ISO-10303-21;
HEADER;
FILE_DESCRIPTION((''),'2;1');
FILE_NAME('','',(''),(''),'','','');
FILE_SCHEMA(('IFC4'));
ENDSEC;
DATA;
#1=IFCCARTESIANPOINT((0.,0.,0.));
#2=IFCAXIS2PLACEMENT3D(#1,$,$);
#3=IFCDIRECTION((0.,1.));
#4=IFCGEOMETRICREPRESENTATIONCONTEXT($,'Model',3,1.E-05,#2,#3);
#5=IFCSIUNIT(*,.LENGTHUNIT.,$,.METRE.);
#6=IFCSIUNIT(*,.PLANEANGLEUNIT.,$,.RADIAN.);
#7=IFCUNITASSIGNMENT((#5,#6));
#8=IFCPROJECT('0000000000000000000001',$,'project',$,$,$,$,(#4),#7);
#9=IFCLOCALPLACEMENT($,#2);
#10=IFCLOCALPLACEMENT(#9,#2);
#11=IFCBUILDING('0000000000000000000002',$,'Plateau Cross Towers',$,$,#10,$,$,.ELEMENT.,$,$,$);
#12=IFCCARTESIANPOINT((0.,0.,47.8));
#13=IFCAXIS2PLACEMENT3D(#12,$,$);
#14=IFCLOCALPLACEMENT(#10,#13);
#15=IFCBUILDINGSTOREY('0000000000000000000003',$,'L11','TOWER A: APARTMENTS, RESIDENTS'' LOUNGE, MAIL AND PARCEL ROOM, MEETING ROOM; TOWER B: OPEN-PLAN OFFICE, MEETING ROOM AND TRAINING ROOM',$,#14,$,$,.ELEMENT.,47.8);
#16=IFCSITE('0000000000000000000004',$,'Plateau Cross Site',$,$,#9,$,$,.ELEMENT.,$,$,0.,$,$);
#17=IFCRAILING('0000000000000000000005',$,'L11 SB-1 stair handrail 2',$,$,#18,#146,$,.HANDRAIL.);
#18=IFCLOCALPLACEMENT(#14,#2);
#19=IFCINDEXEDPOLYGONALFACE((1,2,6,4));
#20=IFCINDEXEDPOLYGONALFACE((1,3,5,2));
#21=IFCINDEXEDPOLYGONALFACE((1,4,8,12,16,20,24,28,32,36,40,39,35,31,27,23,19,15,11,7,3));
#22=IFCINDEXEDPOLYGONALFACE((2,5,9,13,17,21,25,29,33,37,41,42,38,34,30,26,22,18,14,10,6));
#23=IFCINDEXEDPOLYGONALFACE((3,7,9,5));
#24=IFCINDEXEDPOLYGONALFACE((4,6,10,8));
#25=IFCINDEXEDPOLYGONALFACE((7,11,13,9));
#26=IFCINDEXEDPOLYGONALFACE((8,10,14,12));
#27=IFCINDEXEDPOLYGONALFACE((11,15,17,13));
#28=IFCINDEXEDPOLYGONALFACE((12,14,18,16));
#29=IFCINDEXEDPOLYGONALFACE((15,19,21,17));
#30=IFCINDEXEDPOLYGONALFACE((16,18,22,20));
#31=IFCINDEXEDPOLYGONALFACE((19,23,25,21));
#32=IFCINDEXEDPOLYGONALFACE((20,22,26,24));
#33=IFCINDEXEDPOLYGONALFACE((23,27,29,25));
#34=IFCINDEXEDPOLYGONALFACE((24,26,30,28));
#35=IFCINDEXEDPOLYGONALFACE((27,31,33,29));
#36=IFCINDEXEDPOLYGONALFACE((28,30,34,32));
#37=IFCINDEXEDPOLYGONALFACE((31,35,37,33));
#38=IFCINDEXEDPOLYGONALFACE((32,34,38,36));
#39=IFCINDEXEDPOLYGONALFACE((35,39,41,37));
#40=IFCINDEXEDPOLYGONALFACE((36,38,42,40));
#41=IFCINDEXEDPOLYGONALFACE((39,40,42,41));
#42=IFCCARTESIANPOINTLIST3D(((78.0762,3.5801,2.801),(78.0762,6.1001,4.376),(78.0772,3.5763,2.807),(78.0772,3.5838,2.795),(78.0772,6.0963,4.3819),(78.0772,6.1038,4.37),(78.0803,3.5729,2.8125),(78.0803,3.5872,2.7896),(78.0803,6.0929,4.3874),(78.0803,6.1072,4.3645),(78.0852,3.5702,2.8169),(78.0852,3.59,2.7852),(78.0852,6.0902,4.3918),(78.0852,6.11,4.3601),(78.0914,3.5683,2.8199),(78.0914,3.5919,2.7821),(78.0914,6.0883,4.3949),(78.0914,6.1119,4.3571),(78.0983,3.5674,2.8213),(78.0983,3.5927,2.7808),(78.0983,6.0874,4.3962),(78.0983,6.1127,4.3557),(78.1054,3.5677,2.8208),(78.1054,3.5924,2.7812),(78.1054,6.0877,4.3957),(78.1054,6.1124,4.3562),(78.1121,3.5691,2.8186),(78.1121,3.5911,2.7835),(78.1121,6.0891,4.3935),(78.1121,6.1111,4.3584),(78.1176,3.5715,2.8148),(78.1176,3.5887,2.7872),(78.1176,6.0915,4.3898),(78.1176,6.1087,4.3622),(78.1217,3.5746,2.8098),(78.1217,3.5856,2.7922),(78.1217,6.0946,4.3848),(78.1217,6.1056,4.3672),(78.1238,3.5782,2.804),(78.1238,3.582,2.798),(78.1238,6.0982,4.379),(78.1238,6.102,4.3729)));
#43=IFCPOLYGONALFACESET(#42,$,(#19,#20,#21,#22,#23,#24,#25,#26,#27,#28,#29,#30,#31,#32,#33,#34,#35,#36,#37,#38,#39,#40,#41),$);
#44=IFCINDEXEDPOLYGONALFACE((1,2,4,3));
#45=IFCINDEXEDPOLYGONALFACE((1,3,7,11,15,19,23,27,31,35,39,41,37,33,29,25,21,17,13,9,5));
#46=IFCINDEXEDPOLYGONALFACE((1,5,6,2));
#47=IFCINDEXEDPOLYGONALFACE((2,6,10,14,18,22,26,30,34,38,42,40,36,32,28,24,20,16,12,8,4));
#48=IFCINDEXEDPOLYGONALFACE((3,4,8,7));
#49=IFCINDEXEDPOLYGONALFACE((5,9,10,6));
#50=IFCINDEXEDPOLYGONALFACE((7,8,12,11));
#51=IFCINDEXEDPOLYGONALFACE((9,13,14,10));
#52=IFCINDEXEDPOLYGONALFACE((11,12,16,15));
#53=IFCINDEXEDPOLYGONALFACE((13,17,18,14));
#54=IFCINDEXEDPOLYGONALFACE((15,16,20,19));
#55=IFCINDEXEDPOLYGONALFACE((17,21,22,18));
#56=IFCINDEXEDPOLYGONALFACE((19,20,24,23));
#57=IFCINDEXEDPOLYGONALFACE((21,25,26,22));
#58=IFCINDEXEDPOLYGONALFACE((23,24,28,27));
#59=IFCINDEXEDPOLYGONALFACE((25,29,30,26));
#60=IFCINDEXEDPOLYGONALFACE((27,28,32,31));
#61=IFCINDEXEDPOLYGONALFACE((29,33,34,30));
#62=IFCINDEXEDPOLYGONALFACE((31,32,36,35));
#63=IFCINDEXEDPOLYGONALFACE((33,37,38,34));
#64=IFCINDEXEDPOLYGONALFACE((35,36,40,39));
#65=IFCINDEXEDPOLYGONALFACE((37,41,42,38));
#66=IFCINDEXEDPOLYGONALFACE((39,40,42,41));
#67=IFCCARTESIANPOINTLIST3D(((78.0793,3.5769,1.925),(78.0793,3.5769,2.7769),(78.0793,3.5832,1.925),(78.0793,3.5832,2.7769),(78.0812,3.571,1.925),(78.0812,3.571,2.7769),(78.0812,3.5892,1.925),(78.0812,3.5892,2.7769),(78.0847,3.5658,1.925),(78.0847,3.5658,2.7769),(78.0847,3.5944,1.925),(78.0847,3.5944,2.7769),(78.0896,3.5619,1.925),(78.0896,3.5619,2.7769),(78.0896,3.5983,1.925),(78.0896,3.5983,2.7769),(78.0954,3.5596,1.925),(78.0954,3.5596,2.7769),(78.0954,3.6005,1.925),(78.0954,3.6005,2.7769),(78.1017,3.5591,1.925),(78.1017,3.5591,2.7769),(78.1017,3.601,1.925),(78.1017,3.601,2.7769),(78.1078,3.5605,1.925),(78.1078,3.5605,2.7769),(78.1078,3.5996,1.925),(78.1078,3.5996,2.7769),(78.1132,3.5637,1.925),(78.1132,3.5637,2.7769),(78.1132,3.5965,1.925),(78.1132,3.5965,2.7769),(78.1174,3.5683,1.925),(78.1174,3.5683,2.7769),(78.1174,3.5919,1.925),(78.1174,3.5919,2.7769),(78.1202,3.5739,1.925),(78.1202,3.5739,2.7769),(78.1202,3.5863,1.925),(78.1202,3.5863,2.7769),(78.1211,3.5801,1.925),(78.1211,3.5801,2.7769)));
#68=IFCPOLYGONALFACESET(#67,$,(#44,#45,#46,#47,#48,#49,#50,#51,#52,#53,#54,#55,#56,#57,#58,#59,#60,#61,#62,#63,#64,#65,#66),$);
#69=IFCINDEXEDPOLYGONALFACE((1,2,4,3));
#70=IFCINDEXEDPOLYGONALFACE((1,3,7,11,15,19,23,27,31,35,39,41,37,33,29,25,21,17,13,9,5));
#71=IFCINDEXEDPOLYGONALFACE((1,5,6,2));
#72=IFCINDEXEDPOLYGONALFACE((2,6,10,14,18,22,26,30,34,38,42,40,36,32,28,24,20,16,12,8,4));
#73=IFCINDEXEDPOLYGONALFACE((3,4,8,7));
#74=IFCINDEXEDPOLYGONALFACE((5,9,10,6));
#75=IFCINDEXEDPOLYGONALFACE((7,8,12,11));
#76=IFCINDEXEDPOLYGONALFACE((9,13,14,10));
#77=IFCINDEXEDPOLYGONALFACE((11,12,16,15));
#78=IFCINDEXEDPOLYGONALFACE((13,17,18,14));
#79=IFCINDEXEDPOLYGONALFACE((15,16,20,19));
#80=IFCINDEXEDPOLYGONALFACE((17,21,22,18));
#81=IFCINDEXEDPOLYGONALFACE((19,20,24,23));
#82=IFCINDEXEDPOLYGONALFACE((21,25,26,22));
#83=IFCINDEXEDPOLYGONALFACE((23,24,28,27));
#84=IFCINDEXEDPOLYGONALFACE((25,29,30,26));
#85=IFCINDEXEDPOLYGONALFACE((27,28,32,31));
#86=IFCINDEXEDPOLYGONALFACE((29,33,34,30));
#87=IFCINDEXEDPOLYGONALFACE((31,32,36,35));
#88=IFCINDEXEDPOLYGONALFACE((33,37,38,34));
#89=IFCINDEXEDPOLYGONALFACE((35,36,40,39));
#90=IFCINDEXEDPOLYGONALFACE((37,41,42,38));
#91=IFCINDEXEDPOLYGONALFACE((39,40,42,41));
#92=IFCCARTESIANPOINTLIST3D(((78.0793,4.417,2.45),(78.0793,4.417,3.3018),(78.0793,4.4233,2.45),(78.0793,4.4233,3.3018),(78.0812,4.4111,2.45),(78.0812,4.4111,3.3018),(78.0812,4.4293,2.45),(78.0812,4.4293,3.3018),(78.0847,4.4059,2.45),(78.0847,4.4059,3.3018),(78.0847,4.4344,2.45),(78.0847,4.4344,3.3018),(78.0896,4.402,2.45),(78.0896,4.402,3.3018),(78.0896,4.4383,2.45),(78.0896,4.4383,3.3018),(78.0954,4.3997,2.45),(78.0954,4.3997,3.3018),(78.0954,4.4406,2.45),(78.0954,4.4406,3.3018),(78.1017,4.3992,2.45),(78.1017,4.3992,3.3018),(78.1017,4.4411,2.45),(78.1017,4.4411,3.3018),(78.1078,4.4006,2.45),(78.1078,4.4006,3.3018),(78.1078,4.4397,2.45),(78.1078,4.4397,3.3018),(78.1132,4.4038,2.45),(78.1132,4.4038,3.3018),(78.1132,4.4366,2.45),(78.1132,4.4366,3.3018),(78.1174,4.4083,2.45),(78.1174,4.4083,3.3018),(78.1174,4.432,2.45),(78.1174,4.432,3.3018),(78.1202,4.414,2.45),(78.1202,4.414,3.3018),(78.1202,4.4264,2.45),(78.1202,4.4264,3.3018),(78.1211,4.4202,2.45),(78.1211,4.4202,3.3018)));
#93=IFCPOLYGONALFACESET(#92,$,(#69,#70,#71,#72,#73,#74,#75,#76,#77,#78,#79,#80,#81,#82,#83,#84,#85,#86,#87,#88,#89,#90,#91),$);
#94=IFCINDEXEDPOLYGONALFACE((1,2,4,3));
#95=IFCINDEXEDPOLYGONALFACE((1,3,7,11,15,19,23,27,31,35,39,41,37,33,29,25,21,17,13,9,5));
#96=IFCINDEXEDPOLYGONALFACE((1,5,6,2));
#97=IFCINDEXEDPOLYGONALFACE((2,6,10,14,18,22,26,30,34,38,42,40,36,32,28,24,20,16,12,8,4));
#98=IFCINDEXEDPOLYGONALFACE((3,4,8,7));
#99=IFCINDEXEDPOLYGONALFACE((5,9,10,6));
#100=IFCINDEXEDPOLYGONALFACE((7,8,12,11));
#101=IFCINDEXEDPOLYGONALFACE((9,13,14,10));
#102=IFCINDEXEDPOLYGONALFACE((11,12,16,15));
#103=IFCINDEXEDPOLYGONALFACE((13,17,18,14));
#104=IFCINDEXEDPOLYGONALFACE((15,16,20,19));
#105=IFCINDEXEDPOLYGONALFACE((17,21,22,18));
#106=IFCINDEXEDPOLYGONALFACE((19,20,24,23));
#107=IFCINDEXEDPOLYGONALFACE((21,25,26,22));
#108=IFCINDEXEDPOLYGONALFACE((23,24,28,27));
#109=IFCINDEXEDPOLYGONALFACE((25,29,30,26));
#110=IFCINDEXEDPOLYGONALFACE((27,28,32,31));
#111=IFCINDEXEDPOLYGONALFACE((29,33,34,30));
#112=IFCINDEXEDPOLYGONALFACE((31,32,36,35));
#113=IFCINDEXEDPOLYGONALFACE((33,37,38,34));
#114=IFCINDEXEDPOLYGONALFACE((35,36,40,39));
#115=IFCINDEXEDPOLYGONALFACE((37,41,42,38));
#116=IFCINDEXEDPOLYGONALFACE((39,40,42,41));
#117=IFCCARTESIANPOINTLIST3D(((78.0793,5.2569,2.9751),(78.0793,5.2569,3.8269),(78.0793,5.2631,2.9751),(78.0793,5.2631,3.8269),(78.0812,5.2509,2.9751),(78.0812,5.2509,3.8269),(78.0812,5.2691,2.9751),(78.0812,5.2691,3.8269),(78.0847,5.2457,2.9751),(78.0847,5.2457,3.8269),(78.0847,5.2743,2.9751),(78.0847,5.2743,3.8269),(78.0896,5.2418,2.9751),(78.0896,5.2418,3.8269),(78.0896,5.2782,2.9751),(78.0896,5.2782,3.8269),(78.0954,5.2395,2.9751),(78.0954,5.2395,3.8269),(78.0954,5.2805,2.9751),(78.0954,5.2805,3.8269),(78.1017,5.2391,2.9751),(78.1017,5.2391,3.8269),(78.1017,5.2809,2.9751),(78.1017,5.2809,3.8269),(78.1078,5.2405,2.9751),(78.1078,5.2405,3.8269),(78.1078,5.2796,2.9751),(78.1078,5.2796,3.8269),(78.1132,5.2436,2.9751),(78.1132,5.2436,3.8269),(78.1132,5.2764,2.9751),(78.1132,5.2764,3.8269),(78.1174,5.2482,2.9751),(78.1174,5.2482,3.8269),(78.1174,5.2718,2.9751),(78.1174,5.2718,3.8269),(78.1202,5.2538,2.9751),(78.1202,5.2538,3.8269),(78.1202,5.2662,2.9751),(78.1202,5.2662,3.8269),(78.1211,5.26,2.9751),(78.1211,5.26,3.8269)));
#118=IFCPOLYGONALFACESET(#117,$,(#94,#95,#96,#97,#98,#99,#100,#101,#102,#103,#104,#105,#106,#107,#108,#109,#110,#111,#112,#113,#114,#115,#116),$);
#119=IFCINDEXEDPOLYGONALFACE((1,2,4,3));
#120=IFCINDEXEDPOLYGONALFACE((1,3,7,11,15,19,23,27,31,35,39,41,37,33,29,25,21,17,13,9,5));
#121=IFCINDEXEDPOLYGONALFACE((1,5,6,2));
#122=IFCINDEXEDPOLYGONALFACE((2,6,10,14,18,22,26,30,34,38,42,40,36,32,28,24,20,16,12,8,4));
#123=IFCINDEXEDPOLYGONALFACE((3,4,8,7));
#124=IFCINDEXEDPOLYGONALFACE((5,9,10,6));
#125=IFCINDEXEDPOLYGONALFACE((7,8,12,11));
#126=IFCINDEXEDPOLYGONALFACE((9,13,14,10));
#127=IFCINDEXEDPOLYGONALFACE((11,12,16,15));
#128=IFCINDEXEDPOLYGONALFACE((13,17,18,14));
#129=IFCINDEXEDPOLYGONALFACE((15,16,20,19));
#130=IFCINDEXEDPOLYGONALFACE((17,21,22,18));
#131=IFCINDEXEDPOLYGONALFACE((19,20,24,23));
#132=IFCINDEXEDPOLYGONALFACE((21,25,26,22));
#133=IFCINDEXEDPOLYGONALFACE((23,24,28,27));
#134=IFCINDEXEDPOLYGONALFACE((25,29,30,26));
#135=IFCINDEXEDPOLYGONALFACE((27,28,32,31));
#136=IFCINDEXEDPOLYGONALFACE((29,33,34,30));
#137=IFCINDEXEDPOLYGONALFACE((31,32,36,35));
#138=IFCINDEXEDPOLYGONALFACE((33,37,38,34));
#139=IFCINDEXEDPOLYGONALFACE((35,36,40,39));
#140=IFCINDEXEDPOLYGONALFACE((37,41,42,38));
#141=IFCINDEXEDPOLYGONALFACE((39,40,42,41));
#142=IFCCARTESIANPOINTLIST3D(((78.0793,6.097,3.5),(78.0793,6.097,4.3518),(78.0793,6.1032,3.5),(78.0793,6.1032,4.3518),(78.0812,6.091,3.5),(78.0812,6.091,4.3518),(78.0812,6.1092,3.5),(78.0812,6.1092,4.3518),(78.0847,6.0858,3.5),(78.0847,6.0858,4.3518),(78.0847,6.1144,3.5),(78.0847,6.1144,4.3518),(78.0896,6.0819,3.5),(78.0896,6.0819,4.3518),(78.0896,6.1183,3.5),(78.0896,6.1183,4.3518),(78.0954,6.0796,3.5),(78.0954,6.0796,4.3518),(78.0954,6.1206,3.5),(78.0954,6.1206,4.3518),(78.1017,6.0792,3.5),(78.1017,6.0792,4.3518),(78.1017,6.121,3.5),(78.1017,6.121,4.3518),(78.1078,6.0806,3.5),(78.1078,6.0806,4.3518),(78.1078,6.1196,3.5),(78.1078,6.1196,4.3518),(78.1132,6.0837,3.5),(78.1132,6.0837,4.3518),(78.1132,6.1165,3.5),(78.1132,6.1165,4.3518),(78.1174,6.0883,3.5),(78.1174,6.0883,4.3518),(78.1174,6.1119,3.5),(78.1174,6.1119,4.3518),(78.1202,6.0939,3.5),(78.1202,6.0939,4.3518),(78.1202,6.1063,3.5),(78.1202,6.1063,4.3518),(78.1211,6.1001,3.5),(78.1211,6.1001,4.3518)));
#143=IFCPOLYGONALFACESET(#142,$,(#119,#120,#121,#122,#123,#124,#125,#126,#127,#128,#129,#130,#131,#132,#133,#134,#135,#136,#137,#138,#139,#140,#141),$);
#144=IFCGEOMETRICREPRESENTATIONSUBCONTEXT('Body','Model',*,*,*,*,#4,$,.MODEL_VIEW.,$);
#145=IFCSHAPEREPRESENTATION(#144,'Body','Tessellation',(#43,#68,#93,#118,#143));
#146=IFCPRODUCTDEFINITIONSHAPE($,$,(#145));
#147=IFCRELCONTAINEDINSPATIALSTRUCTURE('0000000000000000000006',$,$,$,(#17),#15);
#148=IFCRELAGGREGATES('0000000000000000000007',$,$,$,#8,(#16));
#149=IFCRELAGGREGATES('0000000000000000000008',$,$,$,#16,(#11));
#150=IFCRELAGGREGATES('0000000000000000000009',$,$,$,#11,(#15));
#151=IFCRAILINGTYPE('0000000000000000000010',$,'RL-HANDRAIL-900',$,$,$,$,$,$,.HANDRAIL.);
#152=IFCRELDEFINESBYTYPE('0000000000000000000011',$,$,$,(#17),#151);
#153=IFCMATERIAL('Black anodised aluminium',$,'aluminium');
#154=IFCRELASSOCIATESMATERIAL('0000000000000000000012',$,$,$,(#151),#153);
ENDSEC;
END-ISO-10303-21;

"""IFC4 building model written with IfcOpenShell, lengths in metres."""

from ifc_helpers import new_model, si_unit, direction, frame, origin, origin_2d, place, context, subcontext, project, spatial, circle, extrude, material, type_object, element, save


model = new_model("IFC4")

# Units and contexts
model_context = context("Model", 3, precision=1e-05, world=origin(), true_north=direction((0.0, 1.0)))
body_context = subcontext(model_context, "Body", "Model", "MODEL_VIEW")
ifc_project = project(units=[si_unit("LENGTHUNIT", "METRE"), si_unit("PLANEANGLEUNIT", "RADIAN")], contexts=[model_context])

# Site, building, storey
site_placement = place(None, origin())
site = spatial("IfcSite", under=ifc_project, at=site_placement, Name="Plateau Cross Site", CompositionType="ELEMENT", RefElevation=0.0)
building_placement = place(site_placement, origin())
building = spatial("IfcBuilding", under=site, at=building_placement, Name="Plateau Cross Towers", CompositionType="ELEMENT")
storey_placement = place(building_placement, frame((0.0, 0.0, 47.8)))
storey = spatial("IfcBuildingStorey", under=building, at=storey_placement, Name="L11", Description="TOWER A: APARTMENTS, RESIDENTS' LOUNGE, MAIL AND PARCEL ROOM, MEETING ROOM; TOWER B: OPEN-PLAN OFFICE, MEETING ROOM AND TRAINING ROOM", CompositionType="ELEMENT", Elevation=47.8)

# Railing
ifc_material_1 = material(Name="Black anodised aluminium", Category="aluminium")
railing_type_1 = type_object("IfcRailingType", Name="RL-HANDRAIL-900", PredefinedType="HANDRAIL", material=ifc_material_1)
railing_1_placement = place(storey_placement, frame((78.1001, 3.5801, 1.925)))
element("IfcRailing", 1, at=railing_1_placement, inside=storey, type_object=railing_type_1, Name="L11 SB-1 stair handrail 2", PredefinedType="HANDRAIL", context=body_context, shape_type="SweptSolid", body=[
    extrude(circle(Radius=0.0239, at=origin_2d()), frame((0.0, 0.0, 0.876), z_axis=(0.0, 0.848008, 0.529984), x_axis=(-1.0, 0.0, 0.0)), (0.0, 0.0, 1.0), 2.9717),
    extrude(circle(Radius=0.021, at=origin_2d()), origin(), (0.0, 0.0, 1.0), 0.8518),
    extrude(circle(Radius=0.021, at=origin_2d()), frame((0.0, 0.8401, 0.5249)), (0.0, 0.0, 1.0), 0.8518),
    extrude(circle(Radius=0.021, at=origin_2d()), frame((0.0, 1.6799, 1.05)), (0.0, 0.0, 1.0), 0.8518),
    extrude(circle(Radius=0.021, at=origin_2d()), frame((0.0, 2.52, 1.575)), (0.0, 0.0, 1.0), 0.8518),
])

save(model, "model.ifc")
